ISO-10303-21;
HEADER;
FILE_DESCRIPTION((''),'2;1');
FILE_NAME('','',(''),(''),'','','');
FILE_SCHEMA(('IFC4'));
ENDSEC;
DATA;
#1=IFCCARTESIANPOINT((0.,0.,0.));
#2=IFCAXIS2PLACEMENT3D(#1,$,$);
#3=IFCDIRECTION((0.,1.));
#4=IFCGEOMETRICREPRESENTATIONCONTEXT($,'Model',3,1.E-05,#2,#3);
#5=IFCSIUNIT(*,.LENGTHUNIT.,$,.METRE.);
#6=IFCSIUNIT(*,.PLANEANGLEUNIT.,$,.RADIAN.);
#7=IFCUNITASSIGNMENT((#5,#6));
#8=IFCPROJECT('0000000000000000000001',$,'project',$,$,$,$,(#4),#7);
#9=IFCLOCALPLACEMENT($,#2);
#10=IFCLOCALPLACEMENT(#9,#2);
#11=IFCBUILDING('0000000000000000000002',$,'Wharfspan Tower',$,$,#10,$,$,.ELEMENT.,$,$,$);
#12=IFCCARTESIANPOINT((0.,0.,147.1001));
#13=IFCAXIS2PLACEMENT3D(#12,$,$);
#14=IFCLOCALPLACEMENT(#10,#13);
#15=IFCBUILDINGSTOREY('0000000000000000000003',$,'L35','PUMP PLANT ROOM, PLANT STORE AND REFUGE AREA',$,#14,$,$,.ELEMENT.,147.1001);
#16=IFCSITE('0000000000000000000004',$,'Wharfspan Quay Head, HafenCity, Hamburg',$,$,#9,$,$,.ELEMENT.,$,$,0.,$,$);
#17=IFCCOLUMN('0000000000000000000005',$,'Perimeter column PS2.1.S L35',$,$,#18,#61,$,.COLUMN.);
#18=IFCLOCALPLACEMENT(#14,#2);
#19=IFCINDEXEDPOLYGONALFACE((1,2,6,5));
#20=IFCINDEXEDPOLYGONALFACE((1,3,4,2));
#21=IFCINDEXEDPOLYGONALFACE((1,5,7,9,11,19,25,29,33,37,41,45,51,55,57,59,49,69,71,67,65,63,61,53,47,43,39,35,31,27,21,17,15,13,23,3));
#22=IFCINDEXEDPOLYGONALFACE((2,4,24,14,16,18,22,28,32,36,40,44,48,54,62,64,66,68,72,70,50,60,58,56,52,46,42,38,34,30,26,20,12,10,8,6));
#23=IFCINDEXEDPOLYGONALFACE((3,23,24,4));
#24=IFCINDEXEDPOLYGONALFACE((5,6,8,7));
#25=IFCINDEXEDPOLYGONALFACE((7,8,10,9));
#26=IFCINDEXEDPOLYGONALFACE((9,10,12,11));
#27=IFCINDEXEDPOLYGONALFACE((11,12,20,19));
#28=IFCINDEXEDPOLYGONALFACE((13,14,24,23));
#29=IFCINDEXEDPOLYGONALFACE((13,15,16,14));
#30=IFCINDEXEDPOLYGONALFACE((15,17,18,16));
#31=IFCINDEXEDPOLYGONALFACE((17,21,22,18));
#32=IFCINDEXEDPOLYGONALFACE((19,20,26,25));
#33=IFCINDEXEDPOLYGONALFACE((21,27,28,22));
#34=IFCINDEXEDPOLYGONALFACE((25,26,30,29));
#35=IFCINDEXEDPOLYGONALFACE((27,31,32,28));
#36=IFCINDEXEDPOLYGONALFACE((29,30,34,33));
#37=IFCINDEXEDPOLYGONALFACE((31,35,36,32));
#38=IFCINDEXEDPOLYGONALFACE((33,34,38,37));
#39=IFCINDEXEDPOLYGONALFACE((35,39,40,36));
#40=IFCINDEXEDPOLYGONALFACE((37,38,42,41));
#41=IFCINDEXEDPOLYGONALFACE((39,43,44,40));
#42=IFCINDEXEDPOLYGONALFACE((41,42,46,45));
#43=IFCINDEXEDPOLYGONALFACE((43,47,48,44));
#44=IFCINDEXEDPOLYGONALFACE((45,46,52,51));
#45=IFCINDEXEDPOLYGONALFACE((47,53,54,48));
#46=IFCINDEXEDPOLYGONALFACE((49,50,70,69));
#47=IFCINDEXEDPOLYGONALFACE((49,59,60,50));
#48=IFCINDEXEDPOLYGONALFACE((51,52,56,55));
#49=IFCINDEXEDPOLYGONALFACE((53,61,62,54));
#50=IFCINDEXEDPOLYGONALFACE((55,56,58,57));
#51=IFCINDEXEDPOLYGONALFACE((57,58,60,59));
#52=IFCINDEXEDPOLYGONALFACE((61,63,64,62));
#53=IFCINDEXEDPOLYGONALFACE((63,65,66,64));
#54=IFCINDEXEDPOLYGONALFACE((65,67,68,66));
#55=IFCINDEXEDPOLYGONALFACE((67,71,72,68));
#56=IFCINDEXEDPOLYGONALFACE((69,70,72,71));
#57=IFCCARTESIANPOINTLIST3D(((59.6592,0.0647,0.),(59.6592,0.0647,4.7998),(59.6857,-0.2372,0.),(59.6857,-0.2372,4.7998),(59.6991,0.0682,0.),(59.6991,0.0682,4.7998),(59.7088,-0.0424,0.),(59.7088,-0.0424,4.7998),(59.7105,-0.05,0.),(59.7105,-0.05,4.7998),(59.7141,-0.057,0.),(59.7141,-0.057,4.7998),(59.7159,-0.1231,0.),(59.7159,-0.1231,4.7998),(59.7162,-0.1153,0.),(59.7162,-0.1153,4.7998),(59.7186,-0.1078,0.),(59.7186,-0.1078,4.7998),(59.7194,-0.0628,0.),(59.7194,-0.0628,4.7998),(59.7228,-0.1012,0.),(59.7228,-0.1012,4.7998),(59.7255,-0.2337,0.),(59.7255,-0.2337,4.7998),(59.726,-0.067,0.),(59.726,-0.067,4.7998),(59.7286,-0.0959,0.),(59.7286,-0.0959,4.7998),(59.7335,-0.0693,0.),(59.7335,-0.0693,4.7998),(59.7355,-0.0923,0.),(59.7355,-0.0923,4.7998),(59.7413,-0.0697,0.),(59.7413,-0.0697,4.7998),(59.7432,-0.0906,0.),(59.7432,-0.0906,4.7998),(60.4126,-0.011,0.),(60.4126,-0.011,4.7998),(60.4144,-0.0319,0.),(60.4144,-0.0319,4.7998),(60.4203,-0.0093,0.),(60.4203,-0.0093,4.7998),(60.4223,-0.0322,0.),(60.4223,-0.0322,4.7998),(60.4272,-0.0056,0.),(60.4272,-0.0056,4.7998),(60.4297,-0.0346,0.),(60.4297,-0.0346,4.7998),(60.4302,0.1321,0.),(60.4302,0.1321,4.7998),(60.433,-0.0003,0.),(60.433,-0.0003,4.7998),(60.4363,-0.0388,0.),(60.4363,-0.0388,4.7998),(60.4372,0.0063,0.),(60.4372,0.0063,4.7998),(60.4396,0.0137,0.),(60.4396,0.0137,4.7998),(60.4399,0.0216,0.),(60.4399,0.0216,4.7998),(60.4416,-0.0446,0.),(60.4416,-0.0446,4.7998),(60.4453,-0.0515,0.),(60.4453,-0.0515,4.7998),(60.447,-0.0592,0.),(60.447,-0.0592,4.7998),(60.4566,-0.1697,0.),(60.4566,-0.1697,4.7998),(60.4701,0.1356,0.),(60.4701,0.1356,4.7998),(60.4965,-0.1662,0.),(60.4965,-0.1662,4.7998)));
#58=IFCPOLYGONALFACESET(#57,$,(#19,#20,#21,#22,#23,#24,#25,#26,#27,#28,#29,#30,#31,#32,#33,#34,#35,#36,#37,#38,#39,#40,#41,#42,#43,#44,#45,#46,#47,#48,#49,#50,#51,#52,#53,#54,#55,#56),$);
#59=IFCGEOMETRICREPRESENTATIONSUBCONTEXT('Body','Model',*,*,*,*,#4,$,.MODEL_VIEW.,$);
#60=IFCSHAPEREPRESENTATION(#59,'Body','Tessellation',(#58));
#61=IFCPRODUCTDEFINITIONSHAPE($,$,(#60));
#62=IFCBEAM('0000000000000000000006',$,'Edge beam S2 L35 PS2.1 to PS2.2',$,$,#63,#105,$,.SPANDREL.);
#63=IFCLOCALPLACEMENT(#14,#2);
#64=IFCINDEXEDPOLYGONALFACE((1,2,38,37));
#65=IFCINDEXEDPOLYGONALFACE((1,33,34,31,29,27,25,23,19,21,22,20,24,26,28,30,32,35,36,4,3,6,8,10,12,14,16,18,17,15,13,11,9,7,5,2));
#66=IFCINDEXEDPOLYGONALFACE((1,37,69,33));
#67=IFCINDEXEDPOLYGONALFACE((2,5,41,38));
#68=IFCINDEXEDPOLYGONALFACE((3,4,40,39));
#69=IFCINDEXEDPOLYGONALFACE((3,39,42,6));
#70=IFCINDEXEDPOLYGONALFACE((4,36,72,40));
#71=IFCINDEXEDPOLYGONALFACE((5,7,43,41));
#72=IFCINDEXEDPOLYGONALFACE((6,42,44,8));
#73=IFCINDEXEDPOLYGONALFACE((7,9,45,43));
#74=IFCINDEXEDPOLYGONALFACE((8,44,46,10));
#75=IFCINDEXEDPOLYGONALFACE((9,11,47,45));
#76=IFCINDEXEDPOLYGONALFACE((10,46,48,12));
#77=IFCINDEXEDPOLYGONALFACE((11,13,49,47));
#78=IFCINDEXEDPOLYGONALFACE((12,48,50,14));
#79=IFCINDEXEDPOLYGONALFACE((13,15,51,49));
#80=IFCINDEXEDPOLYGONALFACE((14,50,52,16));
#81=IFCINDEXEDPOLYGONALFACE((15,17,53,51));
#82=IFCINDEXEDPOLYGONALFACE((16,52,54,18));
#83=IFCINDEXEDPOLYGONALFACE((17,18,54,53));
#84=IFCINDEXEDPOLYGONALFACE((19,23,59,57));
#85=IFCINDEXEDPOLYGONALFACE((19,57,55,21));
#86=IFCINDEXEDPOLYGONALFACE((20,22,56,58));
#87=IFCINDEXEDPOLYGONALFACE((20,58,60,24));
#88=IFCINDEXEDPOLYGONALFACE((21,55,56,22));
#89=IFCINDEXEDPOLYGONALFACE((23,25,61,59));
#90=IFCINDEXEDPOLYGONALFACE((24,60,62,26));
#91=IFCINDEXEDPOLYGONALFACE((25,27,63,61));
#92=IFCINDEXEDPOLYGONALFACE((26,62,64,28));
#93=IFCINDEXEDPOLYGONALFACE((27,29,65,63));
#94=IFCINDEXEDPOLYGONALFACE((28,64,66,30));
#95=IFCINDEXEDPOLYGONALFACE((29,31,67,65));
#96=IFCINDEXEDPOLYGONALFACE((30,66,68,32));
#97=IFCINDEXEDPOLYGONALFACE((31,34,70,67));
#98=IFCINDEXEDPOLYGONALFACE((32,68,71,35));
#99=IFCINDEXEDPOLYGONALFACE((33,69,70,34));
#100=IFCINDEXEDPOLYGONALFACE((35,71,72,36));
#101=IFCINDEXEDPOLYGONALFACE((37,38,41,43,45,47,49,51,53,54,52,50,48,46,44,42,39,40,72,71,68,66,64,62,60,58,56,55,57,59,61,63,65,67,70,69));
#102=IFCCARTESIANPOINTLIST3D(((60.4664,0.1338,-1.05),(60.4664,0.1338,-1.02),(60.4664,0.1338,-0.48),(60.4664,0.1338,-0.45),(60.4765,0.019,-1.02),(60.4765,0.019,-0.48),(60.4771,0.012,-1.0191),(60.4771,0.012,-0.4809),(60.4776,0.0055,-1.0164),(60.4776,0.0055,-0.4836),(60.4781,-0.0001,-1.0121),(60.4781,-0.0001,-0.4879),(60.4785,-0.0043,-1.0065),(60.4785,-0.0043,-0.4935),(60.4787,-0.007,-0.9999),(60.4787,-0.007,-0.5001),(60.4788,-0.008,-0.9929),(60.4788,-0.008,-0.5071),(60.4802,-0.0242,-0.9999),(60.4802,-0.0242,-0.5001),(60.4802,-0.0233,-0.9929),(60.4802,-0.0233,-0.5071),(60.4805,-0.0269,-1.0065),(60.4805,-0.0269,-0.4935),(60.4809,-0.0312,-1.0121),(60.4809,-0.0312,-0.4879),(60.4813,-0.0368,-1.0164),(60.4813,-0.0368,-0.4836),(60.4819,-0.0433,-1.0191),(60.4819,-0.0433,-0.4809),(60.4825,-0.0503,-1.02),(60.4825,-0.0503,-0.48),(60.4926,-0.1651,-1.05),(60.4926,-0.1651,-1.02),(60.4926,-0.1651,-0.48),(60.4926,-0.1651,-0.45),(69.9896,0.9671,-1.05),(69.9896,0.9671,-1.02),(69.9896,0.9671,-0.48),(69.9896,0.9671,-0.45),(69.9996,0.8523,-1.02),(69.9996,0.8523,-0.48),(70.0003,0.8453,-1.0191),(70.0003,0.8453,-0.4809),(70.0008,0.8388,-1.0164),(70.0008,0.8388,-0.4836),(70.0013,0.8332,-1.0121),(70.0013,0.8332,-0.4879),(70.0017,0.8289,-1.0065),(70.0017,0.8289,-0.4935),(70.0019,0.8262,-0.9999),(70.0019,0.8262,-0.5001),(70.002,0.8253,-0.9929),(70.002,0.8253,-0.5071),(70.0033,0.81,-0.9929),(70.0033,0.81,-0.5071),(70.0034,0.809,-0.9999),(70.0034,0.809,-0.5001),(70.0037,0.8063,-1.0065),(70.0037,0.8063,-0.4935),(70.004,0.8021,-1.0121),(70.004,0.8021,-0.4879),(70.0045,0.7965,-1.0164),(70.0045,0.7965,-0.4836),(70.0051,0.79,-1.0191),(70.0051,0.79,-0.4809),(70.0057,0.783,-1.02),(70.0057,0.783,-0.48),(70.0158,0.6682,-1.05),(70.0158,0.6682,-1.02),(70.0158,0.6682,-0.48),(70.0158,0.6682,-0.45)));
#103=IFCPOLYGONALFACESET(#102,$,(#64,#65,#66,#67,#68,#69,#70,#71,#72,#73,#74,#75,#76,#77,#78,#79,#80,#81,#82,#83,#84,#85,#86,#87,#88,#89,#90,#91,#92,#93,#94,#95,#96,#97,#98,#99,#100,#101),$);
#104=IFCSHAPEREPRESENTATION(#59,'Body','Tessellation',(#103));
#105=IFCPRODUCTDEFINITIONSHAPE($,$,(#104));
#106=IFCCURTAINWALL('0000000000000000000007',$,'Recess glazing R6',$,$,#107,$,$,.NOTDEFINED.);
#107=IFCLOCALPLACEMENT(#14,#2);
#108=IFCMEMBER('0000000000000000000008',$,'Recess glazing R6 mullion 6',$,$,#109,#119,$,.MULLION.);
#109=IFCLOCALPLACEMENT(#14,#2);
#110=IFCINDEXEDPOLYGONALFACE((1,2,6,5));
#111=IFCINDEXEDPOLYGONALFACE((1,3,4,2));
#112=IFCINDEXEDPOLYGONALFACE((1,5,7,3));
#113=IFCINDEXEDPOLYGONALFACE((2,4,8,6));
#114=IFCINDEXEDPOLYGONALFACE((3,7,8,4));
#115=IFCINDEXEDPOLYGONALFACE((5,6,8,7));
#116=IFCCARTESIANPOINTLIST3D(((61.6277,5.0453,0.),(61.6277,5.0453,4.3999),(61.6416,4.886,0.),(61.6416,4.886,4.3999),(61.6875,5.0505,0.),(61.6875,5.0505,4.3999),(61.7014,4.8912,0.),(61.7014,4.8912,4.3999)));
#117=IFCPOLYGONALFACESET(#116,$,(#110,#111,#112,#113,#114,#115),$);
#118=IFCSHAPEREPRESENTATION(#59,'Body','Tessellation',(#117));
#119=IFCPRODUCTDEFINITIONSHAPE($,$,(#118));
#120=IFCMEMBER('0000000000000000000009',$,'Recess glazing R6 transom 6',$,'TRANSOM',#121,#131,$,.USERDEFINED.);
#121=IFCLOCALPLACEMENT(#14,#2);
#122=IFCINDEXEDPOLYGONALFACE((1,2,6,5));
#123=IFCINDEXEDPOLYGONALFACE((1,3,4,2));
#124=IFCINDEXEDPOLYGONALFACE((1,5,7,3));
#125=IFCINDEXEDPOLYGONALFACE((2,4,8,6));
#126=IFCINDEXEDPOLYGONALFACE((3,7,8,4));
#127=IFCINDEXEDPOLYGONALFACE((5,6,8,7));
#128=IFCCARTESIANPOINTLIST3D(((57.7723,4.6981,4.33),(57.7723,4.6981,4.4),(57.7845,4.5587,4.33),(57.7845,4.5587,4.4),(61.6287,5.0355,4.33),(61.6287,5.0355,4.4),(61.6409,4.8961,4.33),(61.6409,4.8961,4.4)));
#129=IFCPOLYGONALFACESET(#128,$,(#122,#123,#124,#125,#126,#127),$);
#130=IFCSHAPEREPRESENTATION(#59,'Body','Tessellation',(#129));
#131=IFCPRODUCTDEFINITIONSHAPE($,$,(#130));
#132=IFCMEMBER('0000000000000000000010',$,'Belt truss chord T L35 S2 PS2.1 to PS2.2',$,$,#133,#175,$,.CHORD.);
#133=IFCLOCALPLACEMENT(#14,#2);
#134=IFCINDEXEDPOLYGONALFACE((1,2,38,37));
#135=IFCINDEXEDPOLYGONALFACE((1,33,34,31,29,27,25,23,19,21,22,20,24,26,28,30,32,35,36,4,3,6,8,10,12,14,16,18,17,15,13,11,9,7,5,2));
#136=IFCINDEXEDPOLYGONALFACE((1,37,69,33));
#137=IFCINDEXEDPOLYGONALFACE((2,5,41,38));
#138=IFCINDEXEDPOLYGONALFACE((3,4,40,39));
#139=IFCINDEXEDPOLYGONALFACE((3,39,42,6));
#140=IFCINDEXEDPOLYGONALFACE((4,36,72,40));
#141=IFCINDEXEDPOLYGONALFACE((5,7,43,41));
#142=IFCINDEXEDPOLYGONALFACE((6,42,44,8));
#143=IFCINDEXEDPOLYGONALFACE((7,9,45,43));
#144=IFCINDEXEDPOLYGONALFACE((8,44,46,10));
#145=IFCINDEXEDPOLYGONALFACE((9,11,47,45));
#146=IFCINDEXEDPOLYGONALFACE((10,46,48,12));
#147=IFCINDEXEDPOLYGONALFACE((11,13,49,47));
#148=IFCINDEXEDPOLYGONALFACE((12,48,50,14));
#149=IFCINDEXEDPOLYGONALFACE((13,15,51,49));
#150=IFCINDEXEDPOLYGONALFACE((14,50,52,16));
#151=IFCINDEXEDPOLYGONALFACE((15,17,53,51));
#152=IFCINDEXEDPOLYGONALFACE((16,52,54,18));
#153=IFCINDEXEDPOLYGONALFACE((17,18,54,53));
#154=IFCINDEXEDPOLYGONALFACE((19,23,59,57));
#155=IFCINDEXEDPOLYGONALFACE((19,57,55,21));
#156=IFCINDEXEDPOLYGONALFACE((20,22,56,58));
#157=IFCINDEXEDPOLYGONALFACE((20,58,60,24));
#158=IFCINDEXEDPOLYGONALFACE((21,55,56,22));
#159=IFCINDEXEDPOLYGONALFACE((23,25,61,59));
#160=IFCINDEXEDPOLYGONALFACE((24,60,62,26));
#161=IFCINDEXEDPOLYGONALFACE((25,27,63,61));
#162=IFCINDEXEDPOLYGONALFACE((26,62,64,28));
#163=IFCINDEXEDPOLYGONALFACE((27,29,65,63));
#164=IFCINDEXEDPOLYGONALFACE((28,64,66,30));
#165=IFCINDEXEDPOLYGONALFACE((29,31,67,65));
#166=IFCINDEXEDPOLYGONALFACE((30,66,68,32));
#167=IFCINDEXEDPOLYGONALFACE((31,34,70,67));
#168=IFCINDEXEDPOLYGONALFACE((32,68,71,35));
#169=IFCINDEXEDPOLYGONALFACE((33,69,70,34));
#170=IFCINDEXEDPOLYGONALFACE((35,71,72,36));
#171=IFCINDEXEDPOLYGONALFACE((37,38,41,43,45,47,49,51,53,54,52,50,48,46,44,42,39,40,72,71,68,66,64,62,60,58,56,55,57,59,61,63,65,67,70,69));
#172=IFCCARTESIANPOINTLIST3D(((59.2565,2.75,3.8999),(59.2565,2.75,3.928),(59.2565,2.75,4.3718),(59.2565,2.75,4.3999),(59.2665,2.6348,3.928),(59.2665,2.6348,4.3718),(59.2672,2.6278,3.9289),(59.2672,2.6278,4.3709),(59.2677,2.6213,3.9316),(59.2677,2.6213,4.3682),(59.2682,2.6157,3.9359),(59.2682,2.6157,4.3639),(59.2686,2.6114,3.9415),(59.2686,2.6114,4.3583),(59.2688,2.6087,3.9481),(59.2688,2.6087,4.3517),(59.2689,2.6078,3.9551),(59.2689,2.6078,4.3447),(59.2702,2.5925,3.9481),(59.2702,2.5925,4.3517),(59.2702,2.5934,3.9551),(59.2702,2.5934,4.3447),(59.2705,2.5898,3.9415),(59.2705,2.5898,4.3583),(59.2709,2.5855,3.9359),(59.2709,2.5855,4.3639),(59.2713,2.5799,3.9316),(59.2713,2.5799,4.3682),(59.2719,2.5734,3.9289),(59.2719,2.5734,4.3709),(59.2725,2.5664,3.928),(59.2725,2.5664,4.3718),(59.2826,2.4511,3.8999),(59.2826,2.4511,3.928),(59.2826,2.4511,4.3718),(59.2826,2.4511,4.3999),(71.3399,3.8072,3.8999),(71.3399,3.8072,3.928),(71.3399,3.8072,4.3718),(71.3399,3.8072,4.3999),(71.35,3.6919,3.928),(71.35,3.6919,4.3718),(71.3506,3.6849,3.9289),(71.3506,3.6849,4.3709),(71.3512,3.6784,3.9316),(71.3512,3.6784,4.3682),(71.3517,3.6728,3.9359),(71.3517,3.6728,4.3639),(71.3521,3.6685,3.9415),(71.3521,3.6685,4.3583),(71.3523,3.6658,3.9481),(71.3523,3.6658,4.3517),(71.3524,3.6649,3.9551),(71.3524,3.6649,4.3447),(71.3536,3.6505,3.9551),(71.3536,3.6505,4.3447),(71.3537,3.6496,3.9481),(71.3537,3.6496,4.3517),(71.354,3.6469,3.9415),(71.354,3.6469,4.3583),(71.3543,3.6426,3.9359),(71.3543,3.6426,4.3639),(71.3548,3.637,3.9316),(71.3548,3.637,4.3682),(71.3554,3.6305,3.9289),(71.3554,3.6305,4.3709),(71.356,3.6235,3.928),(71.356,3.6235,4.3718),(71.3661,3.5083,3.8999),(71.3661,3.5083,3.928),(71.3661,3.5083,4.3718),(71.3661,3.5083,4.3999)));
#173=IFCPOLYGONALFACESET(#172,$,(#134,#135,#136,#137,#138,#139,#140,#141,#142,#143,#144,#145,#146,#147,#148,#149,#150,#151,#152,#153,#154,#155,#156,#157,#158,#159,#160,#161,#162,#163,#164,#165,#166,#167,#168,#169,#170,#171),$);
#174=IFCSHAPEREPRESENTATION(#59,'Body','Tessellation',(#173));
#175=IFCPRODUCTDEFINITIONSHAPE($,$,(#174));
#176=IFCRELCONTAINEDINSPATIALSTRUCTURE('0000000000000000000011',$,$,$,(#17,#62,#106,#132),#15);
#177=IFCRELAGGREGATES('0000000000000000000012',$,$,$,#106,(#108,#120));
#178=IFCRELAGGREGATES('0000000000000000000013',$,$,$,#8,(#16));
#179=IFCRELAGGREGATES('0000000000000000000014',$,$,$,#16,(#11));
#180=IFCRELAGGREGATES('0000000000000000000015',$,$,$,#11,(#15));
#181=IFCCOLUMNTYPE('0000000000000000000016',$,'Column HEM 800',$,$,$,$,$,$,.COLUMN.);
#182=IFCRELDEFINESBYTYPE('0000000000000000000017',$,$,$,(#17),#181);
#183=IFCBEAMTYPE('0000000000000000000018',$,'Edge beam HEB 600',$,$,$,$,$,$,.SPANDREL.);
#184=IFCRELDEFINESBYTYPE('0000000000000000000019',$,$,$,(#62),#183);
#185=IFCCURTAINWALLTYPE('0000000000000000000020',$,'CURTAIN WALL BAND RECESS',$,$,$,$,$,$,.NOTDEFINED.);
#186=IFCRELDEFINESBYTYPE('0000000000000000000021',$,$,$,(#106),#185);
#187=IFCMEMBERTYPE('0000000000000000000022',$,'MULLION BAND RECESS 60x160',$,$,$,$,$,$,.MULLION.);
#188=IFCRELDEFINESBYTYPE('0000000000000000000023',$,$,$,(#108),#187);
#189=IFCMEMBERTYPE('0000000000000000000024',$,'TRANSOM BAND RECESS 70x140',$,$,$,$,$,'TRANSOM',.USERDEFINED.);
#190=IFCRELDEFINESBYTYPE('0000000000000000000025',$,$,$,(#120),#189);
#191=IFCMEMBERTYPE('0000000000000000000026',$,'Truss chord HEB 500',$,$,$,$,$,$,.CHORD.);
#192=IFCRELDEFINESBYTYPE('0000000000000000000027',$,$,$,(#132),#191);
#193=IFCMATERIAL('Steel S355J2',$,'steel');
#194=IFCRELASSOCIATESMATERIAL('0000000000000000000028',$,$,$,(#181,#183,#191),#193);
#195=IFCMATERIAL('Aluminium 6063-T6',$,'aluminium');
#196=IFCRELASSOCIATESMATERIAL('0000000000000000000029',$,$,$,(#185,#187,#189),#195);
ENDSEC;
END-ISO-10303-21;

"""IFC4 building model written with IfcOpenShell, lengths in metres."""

from ifc_helpers import new_model, si_unit, direction, frame, origin, origin_2d, place, context, subcontext, project, spatial, rectangle, i_section, extrude, material, material_profile, profile_set, type_object, element, aggregate, save


model = new_model("IFC4")

# Units and contexts
model_context = context("Model", 3, precision=1e-05, world=origin(), true_north=direction((0.0, 1.0)))
body_context = subcontext(model_context, "Body", "Model", "MODEL_VIEW")
ifc_project = project(units=[si_unit("LENGTHUNIT", "METRE"), si_unit("PLANEANGLEUNIT", "RADIAN")], contexts=[model_context])

# Site, building, storey
site_placement = place(None, origin())
site = spatial("IfcSite", under=ifc_project, at=site_placement, Name="Wharfspan Quay Head, HafenCity, Hamburg", CompositionType="ELEMENT", RefElevation=0.0)
building_placement = place(site_placement, origin())
building = spatial("IfcBuilding", under=site, at=building_placement, Name="Wharfspan Tower", CompositionType="ELEMENT")
storey_placement = place(building_placement, frame((0.0, 0.0, 147.1001)))
storey = spatial("IfcBuildingStorey", under=building, at=storey_placement, Name="L35", Description="PUMP PLANT ROOM, PLANT STORE AND REFUGE AREA", CompositionType="ELEMENT", Elevation=147.1001)

# Column
ifc_material_1 = material(Name="Steel S355J2", Category="steel")
ifc_material_profile_1 = material_profile(ifc_material_1, i_section(OverallWidth=0.303, OverallDepth=0.814, WebThickness=0.021, FlangeThickness=0.04, FilletRadius=0.03, at=origin_2d()))
ifc_profile_set_1 = profile_set([ifc_material_profile_1], Name="Steel S355J2")
column_type = type_object("IfcColumnType", Name="Column HEM 800", PredefinedType="COLUMN", material=ifc_profile_set_1)
column_placement = place(storey_placement, frame((60.0779, -0.0508, 0.0), z_axis=(0.0, 0.0, 1.0), x_axis=(0.087156, -0.996198, 0.0)))
element("IfcColumn", 1, at=column_placement, inside=storey, type_object=column_type, Name="Perimeter column PS2.1.S L35", PredefinedType="COLUMN", context=body_context, shape_type="SweptSolid", body=[
    extrude(i_section(OverallWidth=0.303, OverallDepth=0.814, WebThickness=0.021, FlangeThickness=0.04, FilletRadius=0.03, at=origin_2d()), origin(), (0.0, 0.0, 1.0), 4.7998),
])

# Beam
ifc_material_profile_2 = material_profile(ifc_material_1, i_section(OverallWidth=0.3, OverallDepth=0.6001, WebThickness=0.0154, FlangeThickness=0.03, FilletRadius=0.0271, at=origin_2d()))
ifc_profile_set_2 = profile_set([ifc_material_profile_2], Name="Steel S355J2")
beam_type = type_object("IfcBeamType", Name="Edge beam HEB 600", PredefinedType="SPANDREL", material=ifc_profile_set_2)
beam_placement = place(storey_placement, frame((60.4795, -0.0156, -0.75), z_axis=(0.996194, 0.087164, 0.0), x_axis=(-0.087164, 0.996194, 0.0)))
element("IfcBeam", 2, at=beam_placement, inside=storey, type_object=beam_type, Name="Edge beam S2 L35 PS2.1 to PS2.2", PredefinedType="SPANDREL", context=body_context, shape_type="SweptSolid", body=[
    extrude(i_section(OverallWidth=0.3, OverallDepth=0.6001, WebThickness=0.0154, FlangeThickness=0.03, FilletRadius=0.0271, at=origin_2d()), origin(), (0.0, 0.0, 1.0), 9.5596),
])

# Curtain wall, members
ifc_material_2 = material(Name="Aluminium 6063-T6", Category="aluminium")
curtain_wall_type = type_object("IfcCurtainWallType", Name="CURTAIN WALL BAND RECESS", PredefinedType="NOTDEFINED", material=ifc_material_2)
curtain_wall_placement = place(storey_placement, origin())
curtain_wall = element("IfcCurtainWall", 3, at=curtain_wall_placement, inside=storey, type_object=curtain_wall_type, Name="Recess glazing R6", PredefinedType="NOTDEFINED")
ifc_material_profile_3 = material_profile(ifc_material_2, rectangle(XDim=0.1599, YDim=0.0601, at=origin_2d()))
ifc_profile_set_3 = profile_set([ifc_material_profile_3], Name="Aluminium 6063-T6")
member_type_1 = type_object("IfcMemberType", Name="MULLION BAND RECESS 60x160", PredefinedType="MULLION", material=ifc_profile_set_3)
member_1_placement = place(storey_placement, frame((61.6646, 4.9683, 0.0), z_axis=(0.0, 0.0, 1.0), x_axis=(0.087156, -0.996198, 0.0)))
member_1 = element("IfcMember", 4, at=member_1_placement, type_object=member_type_1, Name="Recess glazing R6 mullion 6", PredefinedType="MULLION", context=body_context, shape_type="SweptSolid", body=[
    extrude(rectangle(XDim=0.1599, YDim=0.0601, at=origin_2d()), origin(), (0.0, 0.0, 1.0), 4.3999),
])
ifc_material_profile_4 = material_profile(ifc_material_2, rectangle(XDim=0.1399, YDim=0.0701, at=origin_2d()))
ifc_profile_set_4 = profile_set([ifc_material_profile_4], Name="Aluminium 6063-T6")
member_type_2 = type_object("IfcMemberType", Name="TRANSOM BAND RECESS 70x140", ElementType="TRANSOM", PredefinedType="USERDEFINED", material=ifc_profile_set_4)
member_2_placement = place(storey_placement, frame((61.6348, 4.9658, 4.365), z_axis=(-0.996195, -0.087158, 0.0), x_axis=(0.087158, -0.996195, 0.0)))
member_2 = element("IfcMember", 5, at=member_2_placement, type_object=member_type_2, Name="Recess glazing R6 transom 6", ObjectType="TRANSOM", PredefinedType="USERDEFINED", context=body_context, shape_type="SweptSolid", body=[
    extrude(rectangle(XDim=0.1399, YDim=0.0701, at=origin_2d()), origin(), (0.0, 0.0, 1.0), 3.8711),
])

# Member
ifc_material_profile_5 = material_profile(ifc_material_1, i_section(OverallWidth=0.3, OverallDepth=0.5, WebThickness=0.0144, FlangeThickness=0.0281, FilletRadius=0.0271, at=origin_2d()))
ifc_profile_set_5 = profile_set([ifc_material_profile_5], Name="Steel S355J2")
member_type_3 = type_object("IfcMemberType", Name="Truss chord HEB 500", PredefinedType="CHORD", material=ifc_profile_set_5)
for number, where, z_axis, x_axis, name in (
    (6, (59.2695, 2.6006, 4.1499), (0.996195, 0.087152, 0.0), (-0.087152, 0.996195, 0.0), "Belt truss chord T L35 S2 PS2.1 to PS2.2"),
):
    element("IfcMember", number, at=place(storey_placement, frame(where, z_axis=z_axis, x_axis=x_axis)), inside=storey, type_object=member_type_3, Name=name, PredefinedType="CHORD", context=body_context, shape_type="SweptSolid", body=[
        extrude(i_section(OverallWidth=0.3, OverallDepth=0.5, WebThickness=0.0144, FlangeThickness=0.0281, FilletRadius=0.0271, at=origin_2d()), origin(), (0.0, 0.0, 1.0), 12.1296),
    ])

aggregate(curtain_wall, [member_1, member_2])

save(model, "model.ifc")
